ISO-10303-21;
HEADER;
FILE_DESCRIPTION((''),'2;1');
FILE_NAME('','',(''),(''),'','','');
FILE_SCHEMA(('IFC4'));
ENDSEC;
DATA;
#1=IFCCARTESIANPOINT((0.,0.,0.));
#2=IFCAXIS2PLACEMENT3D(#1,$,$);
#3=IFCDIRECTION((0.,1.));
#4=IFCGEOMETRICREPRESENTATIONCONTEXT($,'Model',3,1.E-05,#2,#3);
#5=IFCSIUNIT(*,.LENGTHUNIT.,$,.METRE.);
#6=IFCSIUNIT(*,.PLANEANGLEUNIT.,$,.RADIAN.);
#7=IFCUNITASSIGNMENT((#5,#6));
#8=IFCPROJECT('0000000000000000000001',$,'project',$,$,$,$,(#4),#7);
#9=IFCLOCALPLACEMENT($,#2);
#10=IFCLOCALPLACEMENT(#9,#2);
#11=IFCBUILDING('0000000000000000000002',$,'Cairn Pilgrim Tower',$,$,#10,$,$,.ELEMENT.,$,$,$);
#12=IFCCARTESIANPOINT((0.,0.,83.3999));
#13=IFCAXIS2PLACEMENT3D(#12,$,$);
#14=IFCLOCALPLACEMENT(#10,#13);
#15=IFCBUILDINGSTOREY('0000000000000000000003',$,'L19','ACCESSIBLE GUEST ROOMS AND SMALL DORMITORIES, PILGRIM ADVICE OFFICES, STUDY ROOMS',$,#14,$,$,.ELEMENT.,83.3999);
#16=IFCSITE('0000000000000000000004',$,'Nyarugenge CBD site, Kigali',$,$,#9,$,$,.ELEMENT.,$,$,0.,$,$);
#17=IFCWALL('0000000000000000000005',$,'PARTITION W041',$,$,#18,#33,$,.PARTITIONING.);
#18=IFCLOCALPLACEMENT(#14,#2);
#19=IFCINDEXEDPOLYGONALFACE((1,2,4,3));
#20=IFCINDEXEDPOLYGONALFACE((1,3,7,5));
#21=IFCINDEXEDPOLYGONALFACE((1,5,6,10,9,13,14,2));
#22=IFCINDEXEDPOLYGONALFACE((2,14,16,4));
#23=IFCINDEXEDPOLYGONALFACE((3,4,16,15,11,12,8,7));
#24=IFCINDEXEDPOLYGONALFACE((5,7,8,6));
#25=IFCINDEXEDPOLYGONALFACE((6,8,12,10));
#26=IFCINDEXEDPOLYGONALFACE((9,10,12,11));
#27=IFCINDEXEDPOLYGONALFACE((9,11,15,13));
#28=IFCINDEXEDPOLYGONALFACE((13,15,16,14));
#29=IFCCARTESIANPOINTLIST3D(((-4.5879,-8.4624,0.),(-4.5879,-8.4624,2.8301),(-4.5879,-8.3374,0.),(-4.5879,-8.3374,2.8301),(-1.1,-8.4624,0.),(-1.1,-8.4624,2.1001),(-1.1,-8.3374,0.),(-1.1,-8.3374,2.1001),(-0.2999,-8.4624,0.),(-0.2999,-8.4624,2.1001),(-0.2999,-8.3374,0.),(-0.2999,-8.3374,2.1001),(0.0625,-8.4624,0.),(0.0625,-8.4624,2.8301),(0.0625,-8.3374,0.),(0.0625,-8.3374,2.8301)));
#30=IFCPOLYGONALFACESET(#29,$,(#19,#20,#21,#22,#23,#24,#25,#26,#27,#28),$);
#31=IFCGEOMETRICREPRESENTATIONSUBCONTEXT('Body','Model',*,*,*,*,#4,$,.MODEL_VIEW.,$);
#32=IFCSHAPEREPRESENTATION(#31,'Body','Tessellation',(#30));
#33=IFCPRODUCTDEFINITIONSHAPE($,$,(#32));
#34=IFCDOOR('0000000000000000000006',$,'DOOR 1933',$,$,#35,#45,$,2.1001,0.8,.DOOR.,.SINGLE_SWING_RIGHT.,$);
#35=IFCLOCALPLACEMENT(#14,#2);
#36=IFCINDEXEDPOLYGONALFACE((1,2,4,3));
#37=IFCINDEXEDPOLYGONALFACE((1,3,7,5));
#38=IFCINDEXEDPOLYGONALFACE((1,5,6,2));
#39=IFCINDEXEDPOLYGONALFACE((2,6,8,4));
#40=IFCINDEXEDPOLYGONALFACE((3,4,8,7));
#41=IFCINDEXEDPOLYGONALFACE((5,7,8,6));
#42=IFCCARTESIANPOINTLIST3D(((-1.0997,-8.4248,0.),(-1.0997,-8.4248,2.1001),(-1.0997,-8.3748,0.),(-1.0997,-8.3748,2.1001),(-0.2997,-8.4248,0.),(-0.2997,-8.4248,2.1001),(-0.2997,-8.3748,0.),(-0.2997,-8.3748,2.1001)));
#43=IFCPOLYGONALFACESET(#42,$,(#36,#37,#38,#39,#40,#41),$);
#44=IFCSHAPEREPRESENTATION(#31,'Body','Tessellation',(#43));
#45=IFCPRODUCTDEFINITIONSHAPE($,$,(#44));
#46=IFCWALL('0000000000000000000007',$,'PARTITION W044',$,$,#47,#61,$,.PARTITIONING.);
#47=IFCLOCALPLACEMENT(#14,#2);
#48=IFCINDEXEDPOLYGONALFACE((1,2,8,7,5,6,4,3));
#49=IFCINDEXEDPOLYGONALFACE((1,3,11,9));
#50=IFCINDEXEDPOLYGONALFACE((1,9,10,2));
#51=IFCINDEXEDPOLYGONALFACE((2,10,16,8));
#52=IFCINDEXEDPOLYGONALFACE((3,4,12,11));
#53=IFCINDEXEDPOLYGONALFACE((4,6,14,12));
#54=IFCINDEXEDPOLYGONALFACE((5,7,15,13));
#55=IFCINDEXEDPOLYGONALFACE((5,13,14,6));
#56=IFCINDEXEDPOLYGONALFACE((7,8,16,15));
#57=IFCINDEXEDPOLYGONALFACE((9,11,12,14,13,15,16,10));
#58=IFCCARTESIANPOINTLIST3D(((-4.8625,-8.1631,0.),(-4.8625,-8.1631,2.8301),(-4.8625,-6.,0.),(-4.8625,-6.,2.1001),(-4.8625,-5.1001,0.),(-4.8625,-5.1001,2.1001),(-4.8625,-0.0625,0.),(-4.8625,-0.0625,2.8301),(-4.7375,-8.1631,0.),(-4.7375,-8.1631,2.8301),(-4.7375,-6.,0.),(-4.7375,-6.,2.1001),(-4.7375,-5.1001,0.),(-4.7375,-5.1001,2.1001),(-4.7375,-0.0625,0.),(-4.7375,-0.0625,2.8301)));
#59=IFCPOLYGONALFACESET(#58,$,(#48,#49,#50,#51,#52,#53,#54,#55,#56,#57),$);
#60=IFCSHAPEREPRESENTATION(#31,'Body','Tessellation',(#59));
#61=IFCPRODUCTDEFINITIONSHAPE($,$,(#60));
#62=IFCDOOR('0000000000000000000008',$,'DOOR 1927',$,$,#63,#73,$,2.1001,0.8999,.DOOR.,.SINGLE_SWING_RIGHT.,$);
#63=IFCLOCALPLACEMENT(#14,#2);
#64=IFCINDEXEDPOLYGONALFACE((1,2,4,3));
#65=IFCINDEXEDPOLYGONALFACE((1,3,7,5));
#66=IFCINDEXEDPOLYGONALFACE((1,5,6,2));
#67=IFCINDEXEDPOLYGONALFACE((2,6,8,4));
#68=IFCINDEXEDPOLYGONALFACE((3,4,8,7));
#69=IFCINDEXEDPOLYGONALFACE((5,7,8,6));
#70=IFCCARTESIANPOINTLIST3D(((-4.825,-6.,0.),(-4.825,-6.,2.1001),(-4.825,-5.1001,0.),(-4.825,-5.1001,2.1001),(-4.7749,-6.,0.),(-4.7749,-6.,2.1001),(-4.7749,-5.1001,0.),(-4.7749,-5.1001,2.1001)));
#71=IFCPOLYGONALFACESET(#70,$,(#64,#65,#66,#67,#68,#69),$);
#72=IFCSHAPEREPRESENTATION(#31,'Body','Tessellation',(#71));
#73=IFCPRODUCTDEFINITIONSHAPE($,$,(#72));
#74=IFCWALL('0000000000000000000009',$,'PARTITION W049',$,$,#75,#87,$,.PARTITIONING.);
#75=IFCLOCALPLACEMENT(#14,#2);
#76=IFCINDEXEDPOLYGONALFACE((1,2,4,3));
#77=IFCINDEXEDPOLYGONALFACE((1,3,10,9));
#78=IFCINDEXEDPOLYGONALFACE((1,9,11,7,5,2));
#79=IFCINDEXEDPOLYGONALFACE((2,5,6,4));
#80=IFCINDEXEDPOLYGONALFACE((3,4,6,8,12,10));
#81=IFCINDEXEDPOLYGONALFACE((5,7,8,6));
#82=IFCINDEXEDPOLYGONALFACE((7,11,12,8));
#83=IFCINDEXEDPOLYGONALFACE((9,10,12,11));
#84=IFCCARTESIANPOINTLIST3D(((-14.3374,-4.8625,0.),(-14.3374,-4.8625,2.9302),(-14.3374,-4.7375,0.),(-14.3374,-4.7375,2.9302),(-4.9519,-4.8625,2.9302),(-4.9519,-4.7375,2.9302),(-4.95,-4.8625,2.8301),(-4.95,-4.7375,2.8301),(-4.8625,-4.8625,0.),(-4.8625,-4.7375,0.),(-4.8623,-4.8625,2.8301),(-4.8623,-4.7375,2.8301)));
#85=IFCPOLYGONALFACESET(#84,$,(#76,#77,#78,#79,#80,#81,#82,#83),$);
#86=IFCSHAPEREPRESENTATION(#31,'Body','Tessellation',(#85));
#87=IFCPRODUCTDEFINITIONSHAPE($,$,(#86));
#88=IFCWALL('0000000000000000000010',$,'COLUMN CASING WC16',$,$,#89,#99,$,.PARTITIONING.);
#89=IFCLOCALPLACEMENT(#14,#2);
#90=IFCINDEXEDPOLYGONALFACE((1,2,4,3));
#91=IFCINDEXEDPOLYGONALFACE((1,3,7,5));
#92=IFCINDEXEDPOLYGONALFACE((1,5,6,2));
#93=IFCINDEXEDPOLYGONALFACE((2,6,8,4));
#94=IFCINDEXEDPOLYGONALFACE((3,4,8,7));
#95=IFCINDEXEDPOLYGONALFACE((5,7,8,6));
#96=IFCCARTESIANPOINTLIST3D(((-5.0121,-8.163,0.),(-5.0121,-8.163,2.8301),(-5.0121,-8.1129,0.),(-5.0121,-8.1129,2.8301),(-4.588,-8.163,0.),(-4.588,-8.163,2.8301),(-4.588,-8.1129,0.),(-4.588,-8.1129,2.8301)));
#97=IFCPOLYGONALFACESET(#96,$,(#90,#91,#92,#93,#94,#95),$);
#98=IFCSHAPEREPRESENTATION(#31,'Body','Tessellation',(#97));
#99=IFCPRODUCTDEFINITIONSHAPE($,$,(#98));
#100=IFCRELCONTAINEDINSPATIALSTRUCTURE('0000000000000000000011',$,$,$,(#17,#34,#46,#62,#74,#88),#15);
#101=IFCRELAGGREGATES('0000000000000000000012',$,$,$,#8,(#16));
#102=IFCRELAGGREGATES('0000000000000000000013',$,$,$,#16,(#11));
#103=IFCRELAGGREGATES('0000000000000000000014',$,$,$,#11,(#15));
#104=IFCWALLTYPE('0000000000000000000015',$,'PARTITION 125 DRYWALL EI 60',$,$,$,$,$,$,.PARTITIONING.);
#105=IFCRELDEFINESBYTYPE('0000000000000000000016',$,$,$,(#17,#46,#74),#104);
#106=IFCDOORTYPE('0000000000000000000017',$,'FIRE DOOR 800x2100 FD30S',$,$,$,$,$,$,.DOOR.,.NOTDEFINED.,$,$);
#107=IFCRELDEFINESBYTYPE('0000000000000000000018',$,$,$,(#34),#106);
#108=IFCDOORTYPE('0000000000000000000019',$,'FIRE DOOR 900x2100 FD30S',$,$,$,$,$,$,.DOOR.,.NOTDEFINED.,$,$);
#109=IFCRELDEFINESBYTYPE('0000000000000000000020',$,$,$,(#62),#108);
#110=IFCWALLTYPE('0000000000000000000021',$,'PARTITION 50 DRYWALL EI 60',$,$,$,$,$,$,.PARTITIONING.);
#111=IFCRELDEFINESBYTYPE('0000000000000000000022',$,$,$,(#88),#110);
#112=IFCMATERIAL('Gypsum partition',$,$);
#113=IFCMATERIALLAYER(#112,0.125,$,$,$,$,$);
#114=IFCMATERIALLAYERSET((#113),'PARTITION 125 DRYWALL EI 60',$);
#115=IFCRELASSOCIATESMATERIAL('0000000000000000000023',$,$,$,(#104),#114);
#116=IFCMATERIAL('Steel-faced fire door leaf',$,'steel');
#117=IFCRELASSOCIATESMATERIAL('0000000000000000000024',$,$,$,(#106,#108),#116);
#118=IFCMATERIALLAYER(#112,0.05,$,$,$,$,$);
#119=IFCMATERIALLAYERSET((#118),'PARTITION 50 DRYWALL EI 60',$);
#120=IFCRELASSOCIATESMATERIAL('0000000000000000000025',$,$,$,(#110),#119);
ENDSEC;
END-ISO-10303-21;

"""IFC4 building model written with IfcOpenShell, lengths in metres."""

from ifc_helpers import new_model, si_unit, direction, frame, frame_2d, origin, place, context, subcontext, project, spatial, polyline, rectangle, outline, extrude, material, layer, layer_set, type_object, element, fill, save


model = new_model("IFC4")

# Units and contexts
model_context = context("Model", 3, precision=1e-05, world=origin(), true_north=direction((0.0, 1.0)))
body_context = subcontext(model_context, "Body", "Model", "MODEL_VIEW")
ifc_project = project(units=[si_unit("LENGTHUNIT", "METRE"), si_unit("PLANEANGLEUNIT", "RADIAN")], contexts=[model_context])

# Site, building, storey
site_placement = place(None, origin())
site = spatial("IfcSite", under=ifc_project, at=site_placement, Name="Nyarugenge CBD site, Kigali", CompositionType="ELEMENT", RefElevation=0.0)
building_placement = place(site_placement, origin())
building = spatial("IfcBuilding", under=site, at=building_placement, Name="Cairn Pilgrim Tower", CompositionType="ELEMENT")
storey_placement = place(building_placement, frame((0.0, 0.0, 83.3999)))
storey = spatial("IfcBuildingStorey", under=building, at=storey_placement, Name="L19", Description="ACCESSIBLE GUEST ROOMS AND SMALL DORMITORIES, PILGRIM ADVICE OFFICES, STUDY ROOMS", CompositionType="ELEMENT", Elevation=83.3999)

# Walls, openings, doors
ifc_material_1 = material(Name="Gypsum partition")
ifc_layer_1 = layer(ifc_material_1, 0.125)
ifc_layer_set_1 = layer_set([ifc_layer_1], Name="PARTITION 125 DRYWALL EI 60")
wall_type_1 = type_object("IfcWallType", Name="PARTITION 125 DRYWALL EI 60", PredefinedType="PARTITIONING", material=ifc_layer_set_1)
wall_1_placement = place(storey_placement, frame((-4.5879, -8.3999, 0.0), z_axis=(0.0, 0.0, 1.0), x_axis=(1.0, 0.0, 0.0)))
wall_1 = element("IfcWall", 1, at=wall_1_placement, inside=storey, type_object=wall_type_1, Name="PARTITION W041", PredefinedType="PARTITIONING", context=body_context, shape_type="SweptSolid", body=[
    extrude(rectangle(XDim=4.6504, YDim=0.125, at=frame_2d((2.3252, 0.0))), origin(), (0.0, 0.0, 1.0), 2.8301),
])
opening_1_placement = place(wall_1_placement, frame((3.488, 0.0, 0.0)))
opening_1 = element("IfcOpeningElement", 2, at=opening_1_placement, cuts=wall_1, PredefinedType="OPENING", context=body_context, shape_type="SweptSolid", body=[
    extrude(rectangle(XDim=0.8, YDim=2.1001, at=frame_2d((0.3999, 1.05))), frame((0.0, 0.0725, 0.0), z_axis=(0.0, -1.0, 0.0), x_axis=(1.0, 0.0, 0.0)), (0.0, 0.0, 1.0), 0.145),
])
ifc_material_2 = material(Name="Steel-faced fire door leaf", Category="steel")
door_type_1 = type_object("IfcDoorType", Name="FIRE DOOR 800x2100 FD30S", OperationType="NOTDEFINED", PredefinedType="DOOR", material=ifc_material_2)
door_1_placement = place(opening_1_placement, frame((0.8, 0.0, 0.0), z_axis=(0.0, 0.0, 1.0), x_axis=(-1.0, 0.0, 0.0)))
door_1 = element("IfcDoor", 3, at=door_1_placement, inside=storey, type_object=door_type_1, Name="DOOR 1933", OperationType="SINGLE_SWING_RIGHT", OverallHeight=2.1001, OverallWidth=0.8, PredefinedType="DOOR", context=body_context, shape_type="SweptSolid", body=[
    extrude(rectangle(XDim=0.8, YDim=2.1001, at=frame_2d((0.3999, 1.05))), frame((0.0, 0.0249, 0.0), z_axis=(0.0, -1.0, 0.0), x_axis=(1.0, 0.0, 0.0)), (0.0, 0.0, 1.0), 0.05),
])
fill(opening_1, door_1)
wall_2_placement = place(storey_placement, frame((-4.8, -8.1631, 0.0), z_axis=(0.0, 0.0, 1.0), x_axis=(0.0, 1.0, 0.0)))
wall_2 = element("IfcWall", 4, at=wall_2_placement, inside=storey, type_object=wall_type_1, Name="PARTITION W044", PredefinedType="PARTITIONING", context=body_context, shape_type="SweptSolid", body=[
    extrude(rectangle(XDim=8.1006, YDim=0.125, at=frame_2d((4.0503, 0.0))), origin(), (0.0, 0.0, 1.0), 2.8301),
])
opening_2_placement = place(wall_2_placement, frame((2.1631, 0.0, 0.0)))
opening_2 = element("IfcOpeningElement", 5, at=opening_2_placement, cuts=wall_2, PredefinedType="OPENING", context=body_context, shape_type="SweptSolid", body=[
    extrude(rectangle(XDim=0.8999, YDim=2.1001, at=frame_2d((0.45, 1.05))), frame((0.0, 0.0725, 0.0), z_axis=(0.0, -1.0, 0.0), x_axis=(1.0, 0.0, 0.0)), (0.0, 0.0, 1.0), 0.145),
])
door_type_2 = type_object("IfcDoorType", Name="FIRE DOOR 900x2100 FD30S", OperationType="NOTDEFINED", PredefinedType="DOOR", material=ifc_material_2)
door_2_placement = place(opening_2_placement, origin())
door_2 = element("IfcDoor", 6, at=door_2_placement, inside=storey, type_object=door_type_2, Name="DOOR 1927", OperationType="SINGLE_SWING_RIGHT", OverallHeight=2.1001, OverallWidth=0.8999, PredefinedType="DOOR", context=body_context, shape_type="SweptSolid", body=[
    extrude(rectangle(XDim=0.8999, YDim=2.1001, at=frame_2d((0.45, 1.05))), frame((0.0, 0.0249, 0.0), z_axis=(0.0, -1.0, 0.0), x_axis=(1.0, 0.0, 0.0)), (0.0, 0.0, 1.0), 0.05),
])
fill(opening_2, door_2)

# Walls
wall_3_placement = place(storey_placement, frame((-14.3374, -4.8, 0.0), z_axis=(0.0, 0.0, 1.0), x_axis=(1.0, 0.0, 0.0)))
element("IfcWall", 7, at=wall_3_placement, inside=storey, type_object=wall_type_1, Name="PARTITION W049", PredefinedType="PARTITIONING", context=body_context, shape_type="SweptSolid", body=[
    extrude(outline(polyline([(0.0, 0.0), (9.4749, 0.0), (9.4751, 2.8301), (9.3875, 2.8301), (9.3855, 2.9302), (0.0, 2.9302), (0.0, 0.0)])), frame((0.0, 0.0625, 0.0), z_axis=(0.0, -1.0, 0.0), x_axis=(1.0, 0.0, 0.0)), (0.0, 0.0, 1.0), 0.125),
])
ifc_layer_2 = layer(ifc_material_1, 0.05)
ifc_layer_set_2 = layer_set([ifc_layer_2], Name="PARTITION 50 DRYWALL EI 60")
wall_type_2 = type_object("IfcWallType", Name="PARTITION 50 DRYWALL EI 60", PredefinedType="PARTITIONING", material=ifc_layer_set_2)
wall_4_placement = place(storey_placement, frame((-5.012, -8.1379, 0.0), z_axis=(0.0, 0.0, 1.0), x_axis=(1.0, 0.0, 0.0)))
element("IfcWall", 8, at=wall_4_placement, inside=storey, type_object=wall_type_2, Name="COLUMN CASING WC16", PredefinedType="PARTITIONING", context=body_context, shape_type="SweptSolid", body=[
    extrude(rectangle(XDim=0.4241, YDim=0.05, at=frame_2d((0.2119, 0.0))), origin(), (0.0, 0.0, 1.0), 2.8301),
])

save(model, "model.ifc")
